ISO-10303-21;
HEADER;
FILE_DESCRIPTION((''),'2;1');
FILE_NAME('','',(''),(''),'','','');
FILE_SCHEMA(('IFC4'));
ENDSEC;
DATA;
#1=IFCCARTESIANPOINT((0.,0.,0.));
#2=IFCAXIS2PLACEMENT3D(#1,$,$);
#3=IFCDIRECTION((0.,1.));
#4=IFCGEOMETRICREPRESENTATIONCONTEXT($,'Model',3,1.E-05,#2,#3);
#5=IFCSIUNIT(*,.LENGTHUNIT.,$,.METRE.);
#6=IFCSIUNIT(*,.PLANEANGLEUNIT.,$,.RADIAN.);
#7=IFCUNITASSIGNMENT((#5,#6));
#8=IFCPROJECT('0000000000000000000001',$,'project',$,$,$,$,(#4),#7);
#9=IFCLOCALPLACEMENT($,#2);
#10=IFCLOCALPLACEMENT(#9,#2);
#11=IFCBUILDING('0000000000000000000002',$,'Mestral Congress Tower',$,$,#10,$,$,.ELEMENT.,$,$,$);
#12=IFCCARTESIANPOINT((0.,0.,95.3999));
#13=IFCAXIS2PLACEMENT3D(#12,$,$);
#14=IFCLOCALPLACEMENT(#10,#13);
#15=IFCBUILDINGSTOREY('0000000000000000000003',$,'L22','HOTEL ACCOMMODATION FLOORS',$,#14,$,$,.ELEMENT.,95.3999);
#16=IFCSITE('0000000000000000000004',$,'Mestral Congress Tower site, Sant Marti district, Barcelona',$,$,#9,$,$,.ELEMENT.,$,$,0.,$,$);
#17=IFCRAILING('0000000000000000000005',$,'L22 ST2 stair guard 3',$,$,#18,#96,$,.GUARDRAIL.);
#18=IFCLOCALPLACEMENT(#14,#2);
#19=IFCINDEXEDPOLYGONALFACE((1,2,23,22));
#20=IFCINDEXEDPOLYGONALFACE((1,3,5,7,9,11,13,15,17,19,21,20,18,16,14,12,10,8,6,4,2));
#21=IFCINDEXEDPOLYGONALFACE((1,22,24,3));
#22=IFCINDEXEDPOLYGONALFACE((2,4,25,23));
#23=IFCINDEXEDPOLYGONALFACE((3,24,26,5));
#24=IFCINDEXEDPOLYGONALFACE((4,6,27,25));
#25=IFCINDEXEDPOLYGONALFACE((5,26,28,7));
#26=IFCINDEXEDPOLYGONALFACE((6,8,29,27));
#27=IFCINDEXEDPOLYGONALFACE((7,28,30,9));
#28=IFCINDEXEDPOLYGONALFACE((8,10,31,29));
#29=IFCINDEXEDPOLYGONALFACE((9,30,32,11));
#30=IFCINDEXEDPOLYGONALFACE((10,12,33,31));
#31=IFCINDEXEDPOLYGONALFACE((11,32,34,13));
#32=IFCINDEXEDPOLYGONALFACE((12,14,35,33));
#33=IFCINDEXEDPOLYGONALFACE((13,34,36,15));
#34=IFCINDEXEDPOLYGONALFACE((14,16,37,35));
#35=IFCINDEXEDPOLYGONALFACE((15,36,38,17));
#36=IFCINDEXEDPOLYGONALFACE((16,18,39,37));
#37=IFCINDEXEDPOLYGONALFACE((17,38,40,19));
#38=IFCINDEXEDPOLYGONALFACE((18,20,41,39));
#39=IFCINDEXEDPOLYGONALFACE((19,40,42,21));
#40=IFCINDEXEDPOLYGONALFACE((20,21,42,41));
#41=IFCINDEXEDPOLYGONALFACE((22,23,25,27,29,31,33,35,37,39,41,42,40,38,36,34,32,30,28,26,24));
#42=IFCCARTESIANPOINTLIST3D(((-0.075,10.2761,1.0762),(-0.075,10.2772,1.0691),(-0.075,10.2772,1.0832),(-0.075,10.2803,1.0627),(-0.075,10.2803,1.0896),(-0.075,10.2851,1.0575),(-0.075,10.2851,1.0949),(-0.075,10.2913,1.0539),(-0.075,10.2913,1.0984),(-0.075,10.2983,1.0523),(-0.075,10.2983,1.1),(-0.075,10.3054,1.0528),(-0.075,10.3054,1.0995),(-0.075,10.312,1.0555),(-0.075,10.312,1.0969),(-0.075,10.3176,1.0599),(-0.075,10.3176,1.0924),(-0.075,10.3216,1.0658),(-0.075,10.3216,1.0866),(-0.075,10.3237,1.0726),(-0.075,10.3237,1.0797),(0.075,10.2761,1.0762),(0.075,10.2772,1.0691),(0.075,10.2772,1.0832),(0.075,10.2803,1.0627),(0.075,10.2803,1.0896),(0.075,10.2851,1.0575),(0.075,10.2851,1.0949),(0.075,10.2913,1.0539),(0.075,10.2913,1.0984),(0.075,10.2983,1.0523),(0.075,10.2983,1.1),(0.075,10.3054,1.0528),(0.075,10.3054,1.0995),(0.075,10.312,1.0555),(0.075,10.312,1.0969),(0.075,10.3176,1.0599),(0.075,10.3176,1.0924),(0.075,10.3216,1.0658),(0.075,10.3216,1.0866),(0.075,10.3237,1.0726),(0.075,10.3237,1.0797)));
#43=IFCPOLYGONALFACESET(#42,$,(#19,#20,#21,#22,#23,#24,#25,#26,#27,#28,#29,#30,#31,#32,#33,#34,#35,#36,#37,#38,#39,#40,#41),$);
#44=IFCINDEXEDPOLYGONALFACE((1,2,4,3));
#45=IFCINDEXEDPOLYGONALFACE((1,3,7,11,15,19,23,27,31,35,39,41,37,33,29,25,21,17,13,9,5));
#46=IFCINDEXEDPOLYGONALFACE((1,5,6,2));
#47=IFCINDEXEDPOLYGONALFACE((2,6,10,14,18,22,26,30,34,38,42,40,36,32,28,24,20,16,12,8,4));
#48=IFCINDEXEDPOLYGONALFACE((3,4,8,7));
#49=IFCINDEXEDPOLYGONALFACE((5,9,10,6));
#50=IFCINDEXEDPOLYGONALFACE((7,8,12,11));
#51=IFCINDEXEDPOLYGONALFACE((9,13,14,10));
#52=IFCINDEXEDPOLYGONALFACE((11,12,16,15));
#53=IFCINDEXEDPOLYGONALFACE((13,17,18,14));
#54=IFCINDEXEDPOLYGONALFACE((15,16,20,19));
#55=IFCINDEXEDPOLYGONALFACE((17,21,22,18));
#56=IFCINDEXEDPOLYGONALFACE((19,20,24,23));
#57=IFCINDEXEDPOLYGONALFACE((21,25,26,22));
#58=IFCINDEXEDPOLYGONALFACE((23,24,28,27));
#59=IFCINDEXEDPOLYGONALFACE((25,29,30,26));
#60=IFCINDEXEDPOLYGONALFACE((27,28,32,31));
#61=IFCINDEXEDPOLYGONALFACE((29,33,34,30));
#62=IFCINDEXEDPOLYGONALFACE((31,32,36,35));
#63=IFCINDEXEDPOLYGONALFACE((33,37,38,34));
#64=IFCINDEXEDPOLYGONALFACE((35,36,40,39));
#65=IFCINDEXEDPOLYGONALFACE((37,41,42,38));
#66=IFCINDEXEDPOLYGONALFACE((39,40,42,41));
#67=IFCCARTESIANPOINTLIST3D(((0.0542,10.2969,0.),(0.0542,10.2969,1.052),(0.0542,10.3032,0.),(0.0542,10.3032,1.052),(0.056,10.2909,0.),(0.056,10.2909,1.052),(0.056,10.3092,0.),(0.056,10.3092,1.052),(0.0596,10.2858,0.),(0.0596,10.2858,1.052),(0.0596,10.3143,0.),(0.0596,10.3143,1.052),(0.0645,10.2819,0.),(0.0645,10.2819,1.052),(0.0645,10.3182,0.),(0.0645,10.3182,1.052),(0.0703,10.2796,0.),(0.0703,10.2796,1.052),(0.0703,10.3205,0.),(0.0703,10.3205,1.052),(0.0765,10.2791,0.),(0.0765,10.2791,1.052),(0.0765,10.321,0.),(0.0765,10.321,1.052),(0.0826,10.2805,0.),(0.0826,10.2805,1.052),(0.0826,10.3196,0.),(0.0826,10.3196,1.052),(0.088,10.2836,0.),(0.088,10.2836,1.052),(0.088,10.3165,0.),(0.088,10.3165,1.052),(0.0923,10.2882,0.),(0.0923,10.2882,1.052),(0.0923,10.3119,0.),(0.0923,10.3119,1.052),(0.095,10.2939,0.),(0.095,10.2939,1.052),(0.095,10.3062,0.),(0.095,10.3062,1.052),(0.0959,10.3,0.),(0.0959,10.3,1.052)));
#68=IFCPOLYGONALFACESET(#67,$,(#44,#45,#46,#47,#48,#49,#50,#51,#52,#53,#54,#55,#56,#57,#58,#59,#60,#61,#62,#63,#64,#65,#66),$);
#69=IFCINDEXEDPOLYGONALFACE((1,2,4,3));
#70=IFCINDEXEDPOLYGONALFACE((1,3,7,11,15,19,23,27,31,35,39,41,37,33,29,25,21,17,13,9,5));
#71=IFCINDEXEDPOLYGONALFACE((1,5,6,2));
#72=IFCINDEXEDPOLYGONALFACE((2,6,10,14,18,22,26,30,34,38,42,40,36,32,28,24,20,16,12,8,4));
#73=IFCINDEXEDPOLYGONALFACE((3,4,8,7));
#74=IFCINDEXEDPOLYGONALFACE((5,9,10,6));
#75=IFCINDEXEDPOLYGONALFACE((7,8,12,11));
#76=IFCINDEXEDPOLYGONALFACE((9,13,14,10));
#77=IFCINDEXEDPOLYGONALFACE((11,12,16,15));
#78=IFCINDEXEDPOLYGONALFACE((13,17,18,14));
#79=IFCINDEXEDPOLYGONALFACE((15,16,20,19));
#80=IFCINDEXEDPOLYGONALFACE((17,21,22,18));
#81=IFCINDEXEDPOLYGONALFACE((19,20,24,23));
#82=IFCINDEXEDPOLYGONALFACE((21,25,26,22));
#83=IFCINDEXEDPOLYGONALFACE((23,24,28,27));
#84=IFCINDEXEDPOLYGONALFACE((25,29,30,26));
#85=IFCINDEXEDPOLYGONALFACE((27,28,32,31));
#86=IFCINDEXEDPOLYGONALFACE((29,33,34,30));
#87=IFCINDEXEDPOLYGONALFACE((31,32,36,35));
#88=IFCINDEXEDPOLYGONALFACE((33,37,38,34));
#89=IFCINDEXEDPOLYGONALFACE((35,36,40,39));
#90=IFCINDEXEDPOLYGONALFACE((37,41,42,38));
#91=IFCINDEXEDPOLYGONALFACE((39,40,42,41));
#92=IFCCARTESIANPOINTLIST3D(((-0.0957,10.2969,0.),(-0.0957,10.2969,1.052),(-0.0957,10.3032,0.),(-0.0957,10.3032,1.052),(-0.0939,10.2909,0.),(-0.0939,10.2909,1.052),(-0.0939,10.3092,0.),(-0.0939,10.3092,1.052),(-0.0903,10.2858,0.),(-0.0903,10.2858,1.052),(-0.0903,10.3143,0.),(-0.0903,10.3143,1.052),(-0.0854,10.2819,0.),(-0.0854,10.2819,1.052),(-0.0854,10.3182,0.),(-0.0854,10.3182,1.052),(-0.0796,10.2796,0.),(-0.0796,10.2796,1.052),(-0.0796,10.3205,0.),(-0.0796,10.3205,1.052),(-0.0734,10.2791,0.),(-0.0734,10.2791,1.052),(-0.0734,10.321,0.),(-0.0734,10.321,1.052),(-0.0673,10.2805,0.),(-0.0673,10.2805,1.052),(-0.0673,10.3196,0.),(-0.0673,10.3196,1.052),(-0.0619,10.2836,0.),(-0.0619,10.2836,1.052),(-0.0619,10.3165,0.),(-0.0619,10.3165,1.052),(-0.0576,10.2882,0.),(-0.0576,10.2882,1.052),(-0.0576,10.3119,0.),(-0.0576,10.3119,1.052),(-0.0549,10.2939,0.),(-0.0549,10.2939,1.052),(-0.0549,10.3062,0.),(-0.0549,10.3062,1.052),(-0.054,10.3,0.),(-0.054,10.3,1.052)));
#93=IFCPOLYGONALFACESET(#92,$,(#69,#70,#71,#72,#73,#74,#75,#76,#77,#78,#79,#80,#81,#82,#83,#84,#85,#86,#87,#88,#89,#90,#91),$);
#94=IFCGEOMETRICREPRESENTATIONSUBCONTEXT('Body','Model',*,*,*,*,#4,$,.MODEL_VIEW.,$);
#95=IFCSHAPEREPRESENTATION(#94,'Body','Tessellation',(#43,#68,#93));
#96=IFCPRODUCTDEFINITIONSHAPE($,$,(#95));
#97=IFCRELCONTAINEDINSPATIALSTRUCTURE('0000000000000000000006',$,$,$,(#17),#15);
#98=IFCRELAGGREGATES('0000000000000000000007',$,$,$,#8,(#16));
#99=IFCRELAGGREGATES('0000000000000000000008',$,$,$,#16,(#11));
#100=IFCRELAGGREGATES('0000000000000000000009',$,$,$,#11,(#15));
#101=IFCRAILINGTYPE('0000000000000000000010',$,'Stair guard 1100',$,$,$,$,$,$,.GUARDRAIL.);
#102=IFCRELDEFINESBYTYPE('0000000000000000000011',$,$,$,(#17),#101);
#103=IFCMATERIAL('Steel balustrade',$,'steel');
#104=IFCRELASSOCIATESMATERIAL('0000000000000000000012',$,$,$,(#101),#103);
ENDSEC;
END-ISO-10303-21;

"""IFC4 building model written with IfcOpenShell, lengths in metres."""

from ifc_helpers import new_model, si_unit, direction, frame, origin, origin_2d, place, context, subcontext, project, spatial, circle, extrude, material, type_object, element, save


model = new_model("IFC4")

# Units and contexts
model_context = context("Model", 3, precision=1e-05, world=origin(), true_north=direction((0.0, 1.0)))
body_context = subcontext(model_context, "Body", "Model", "MODEL_VIEW")
ifc_project = project(units=[si_unit("LENGTHUNIT", "METRE"), si_unit("PLANEANGLEUNIT", "RADIAN")], contexts=[model_context])

# Site, building, storey
site_placement = place(None, origin())
site = spatial("IfcSite", under=ifc_project, at=site_placement, Name="Mestral Congress Tower site, Sant Marti district, Barcelona", CompositionType="ELEMENT", RefElevation=0.0)
building_placement = place(site_placement, origin())
building = spatial("IfcBuilding", under=site, at=building_placement, Name="Mestral Congress Tower", CompositionType="ELEMENT")
storey_placement = place(building_placement, frame((0.0, 0.0, 95.3999)))
storey = spatial("IfcBuildingStorey", under=building, at=storey_placement, Name="L22", Description="HOTEL ACCOMMODATION FLOORS", CompositionType="ELEMENT", Elevation=95.3999)

# Railing
ifc_material_1 = material(Name="Steel balustrade", Category="steel")
railing_type = type_object("IfcRailingType", Name="Stair guard 1100", PredefinedType="GUARDRAIL", material=ifc_material_1)
railing_1_placement = place(storey_placement, frame((0.075, 10.3, 0.0)))
element("IfcRailing", 1, at=railing_1_placement, inside=storey, type_object=railing_type, Name="L22 ST2 stair guard 3", PredefinedType="GUARDRAIL", context=body_context, shape_type="SweptSolid", body=[
    extrude(circle(Radius=0.0239, at=origin_2d()), frame((0.0, 0.0, 1.0762), z_axis=(-1.0, 0.0, 0.0), x_axis=(0.0, -1.0, 0.0)), (0.0, 0.0, 1.0), 0.1499),
    extrude(circle(Radius=0.021, at=origin_2d()), origin(), (0.0, 0.0, 1.0), 1.052),
    extrude(circle(Radius=0.021, at=origin_2d()), frame((-0.1499, 0.0, 0.0)), (0.0, 0.0, 1.0), 1.052),
])

save(model, "model.ifc")
